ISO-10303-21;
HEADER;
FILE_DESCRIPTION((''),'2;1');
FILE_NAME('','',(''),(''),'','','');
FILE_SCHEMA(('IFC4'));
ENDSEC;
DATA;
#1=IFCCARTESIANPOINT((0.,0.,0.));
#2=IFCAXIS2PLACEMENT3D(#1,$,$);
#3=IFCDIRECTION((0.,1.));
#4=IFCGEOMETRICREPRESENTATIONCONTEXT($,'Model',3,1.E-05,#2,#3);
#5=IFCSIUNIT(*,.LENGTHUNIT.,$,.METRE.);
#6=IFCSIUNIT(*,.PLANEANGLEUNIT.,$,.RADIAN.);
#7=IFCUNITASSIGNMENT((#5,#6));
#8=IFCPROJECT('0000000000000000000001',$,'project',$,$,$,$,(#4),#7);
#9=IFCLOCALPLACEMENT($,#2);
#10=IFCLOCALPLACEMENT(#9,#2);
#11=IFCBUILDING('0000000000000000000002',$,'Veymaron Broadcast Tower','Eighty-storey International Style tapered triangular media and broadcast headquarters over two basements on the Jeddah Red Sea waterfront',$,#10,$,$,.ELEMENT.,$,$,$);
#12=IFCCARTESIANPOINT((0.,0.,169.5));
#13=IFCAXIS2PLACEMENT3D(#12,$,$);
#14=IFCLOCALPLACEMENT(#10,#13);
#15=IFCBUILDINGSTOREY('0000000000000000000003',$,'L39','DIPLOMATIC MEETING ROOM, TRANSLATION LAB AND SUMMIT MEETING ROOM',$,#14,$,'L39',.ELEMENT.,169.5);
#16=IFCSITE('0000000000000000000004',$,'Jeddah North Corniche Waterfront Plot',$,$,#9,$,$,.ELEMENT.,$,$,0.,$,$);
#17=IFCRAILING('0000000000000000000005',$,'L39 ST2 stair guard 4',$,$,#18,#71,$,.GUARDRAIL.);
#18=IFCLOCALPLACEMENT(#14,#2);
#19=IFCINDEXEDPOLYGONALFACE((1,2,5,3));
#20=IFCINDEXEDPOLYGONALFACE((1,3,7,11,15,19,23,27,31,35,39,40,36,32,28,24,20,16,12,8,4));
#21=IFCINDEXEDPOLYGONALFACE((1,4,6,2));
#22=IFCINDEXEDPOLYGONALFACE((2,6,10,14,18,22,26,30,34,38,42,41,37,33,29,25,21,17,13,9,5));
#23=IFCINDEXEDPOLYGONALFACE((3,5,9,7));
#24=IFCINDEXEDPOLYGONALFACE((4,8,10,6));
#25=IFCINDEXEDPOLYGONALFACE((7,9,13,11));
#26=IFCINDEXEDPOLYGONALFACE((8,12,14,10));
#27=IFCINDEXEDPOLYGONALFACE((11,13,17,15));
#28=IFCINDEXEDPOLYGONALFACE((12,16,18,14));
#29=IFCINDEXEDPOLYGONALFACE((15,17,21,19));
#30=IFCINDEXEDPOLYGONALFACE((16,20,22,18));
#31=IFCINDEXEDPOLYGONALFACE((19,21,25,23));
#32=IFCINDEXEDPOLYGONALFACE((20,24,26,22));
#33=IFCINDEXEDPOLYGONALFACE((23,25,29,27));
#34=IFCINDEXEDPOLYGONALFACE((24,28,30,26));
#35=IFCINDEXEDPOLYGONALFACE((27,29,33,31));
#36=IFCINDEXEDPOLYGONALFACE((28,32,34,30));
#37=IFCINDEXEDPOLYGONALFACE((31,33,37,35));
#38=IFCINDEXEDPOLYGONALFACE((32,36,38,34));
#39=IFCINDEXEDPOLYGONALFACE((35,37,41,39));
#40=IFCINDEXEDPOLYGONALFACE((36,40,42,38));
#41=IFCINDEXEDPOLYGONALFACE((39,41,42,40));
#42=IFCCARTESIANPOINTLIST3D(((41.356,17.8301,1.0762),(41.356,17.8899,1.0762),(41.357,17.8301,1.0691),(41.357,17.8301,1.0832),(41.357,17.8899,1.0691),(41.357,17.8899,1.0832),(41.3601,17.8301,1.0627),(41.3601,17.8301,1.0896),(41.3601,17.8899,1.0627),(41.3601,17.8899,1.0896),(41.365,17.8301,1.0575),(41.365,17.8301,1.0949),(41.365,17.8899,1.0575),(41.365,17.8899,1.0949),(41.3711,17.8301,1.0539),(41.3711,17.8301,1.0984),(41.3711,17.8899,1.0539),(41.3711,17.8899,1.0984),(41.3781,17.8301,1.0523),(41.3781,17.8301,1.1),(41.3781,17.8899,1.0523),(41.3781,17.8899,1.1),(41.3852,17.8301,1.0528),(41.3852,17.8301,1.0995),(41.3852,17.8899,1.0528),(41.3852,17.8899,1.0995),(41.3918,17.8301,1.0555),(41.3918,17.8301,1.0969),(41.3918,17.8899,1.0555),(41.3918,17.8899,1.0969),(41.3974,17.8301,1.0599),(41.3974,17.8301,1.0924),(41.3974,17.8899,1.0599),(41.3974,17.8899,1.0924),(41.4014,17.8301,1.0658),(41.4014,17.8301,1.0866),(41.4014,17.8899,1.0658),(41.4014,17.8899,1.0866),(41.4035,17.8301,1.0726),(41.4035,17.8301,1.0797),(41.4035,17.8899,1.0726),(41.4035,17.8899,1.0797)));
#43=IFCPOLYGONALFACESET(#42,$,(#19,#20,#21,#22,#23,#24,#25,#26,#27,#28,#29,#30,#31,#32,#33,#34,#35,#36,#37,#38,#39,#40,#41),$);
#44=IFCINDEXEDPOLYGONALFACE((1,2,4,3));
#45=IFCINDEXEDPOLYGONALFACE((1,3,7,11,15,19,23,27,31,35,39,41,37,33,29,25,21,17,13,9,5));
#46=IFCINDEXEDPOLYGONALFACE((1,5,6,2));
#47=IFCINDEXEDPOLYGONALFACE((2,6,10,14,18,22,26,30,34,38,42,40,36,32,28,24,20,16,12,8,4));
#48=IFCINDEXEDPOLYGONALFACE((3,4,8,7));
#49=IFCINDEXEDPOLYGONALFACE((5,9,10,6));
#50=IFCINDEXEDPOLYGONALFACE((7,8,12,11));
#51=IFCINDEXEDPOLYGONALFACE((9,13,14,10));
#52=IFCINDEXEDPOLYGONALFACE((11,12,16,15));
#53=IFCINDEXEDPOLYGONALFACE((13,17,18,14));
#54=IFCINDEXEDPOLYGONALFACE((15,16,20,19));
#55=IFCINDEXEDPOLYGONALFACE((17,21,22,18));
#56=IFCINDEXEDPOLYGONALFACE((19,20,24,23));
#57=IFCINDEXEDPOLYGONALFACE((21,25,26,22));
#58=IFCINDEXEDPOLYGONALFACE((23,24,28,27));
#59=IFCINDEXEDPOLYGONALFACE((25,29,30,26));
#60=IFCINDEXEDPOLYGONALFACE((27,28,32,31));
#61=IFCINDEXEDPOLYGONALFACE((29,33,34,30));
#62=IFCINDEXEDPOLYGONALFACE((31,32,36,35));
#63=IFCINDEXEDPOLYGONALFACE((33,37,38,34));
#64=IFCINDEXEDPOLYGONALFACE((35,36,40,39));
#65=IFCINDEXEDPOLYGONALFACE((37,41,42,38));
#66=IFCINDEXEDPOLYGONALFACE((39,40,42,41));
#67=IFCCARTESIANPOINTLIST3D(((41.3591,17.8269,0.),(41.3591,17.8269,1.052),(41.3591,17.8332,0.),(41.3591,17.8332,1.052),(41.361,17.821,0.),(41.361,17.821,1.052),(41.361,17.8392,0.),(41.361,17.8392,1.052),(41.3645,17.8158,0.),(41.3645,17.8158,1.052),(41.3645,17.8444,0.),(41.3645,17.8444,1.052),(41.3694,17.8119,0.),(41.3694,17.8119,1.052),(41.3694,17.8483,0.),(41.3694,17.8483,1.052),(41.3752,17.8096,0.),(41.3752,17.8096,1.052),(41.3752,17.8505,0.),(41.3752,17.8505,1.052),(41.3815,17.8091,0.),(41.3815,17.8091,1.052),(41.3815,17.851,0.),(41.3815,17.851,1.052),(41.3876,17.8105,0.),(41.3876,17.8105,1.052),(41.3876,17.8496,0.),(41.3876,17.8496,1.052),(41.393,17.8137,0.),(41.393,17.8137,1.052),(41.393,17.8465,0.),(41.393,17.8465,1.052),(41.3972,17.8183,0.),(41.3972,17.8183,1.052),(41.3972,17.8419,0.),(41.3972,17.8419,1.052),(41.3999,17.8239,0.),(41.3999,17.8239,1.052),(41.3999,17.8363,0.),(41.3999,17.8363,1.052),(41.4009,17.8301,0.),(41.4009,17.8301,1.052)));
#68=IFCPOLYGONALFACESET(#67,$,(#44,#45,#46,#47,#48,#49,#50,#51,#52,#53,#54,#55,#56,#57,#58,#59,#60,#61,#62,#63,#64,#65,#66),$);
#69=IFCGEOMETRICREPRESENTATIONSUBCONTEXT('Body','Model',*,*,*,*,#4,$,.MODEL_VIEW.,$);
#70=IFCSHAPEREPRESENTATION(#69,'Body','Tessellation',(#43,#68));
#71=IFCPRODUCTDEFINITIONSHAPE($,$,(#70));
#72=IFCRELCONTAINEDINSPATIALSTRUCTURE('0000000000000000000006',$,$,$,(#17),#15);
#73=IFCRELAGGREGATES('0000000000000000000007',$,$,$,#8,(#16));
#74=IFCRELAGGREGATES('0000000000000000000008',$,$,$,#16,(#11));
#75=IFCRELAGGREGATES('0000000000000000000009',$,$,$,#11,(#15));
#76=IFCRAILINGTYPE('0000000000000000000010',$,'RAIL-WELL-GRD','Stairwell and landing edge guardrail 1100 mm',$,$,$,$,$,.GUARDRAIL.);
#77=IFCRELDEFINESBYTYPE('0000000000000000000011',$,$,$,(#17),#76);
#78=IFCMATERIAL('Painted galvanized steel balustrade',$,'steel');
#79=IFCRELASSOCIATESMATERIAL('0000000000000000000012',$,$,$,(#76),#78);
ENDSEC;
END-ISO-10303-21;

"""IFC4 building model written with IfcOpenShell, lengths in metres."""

from ifc_helpers import new_model, si_unit, direction, frame, origin, origin_2d, place, context, subcontext, project, spatial, circle, extrude, material, type_object, element, save


model = new_model("IFC4")

# Units and contexts
model_context = context("Model", 3, precision=1e-05, world=origin(), true_north=direction((0.0, 1.0)))
body_context = subcontext(model_context, "Body", "Model", "MODEL_VIEW")
ifc_project = project(units=[si_unit("LENGTHUNIT", "METRE"), si_unit("PLANEANGLEUNIT", "RADIAN")], contexts=[model_context])

# Site, building, storey
site_placement = place(None, origin())
site = spatial("IfcSite", under=ifc_project, at=site_placement, Name="Jeddah North Corniche Waterfront Plot", CompositionType="ELEMENT", RefElevation=0.0)
building_placement = place(site_placement, origin())
building = spatial("IfcBuilding", under=site, at=building_placement, Name="Veymaron Broadcast Tower", Description="Eighty-storey International Style tapered triangular media and broadcast headquarters over two basements on the Jeddah Red Sea waterfront", CompositionType="ELEMENT")
storey_placement = place(building_placement, frame((0.0, 0.0, 169.5)))
storey = spatial("IfcBuildingStorey", under=building, at=storey_placement, Name="L39", Description="DIPLOMATIC MEETING ROOM, TRANSLATION LAB AND SUMMIT MEETING ROOM", LongName="L39", CompositionType="ELEMENT", Elevation=169.5)

# Railing
ifc_material_1 = material(Name="Painted galvanized steel balustrade", Category="steel")
railing_type_1 = type_object("IfcRailingType", Name="RAIL-WELL-GRD", Description="Stairwell and landing edge guardrail 1100 mm", PredefinedType="GUARDRAIL", material=ifc_material_1)
railing_1_placement = place(storey_placement, frame((41.3799, 17.8301, 0.0)))
element("IfcRailing", 1, at=railing_1_placement, inside=storey, type_object=railing_type_1, Name="L39 ST2 stair guard 4", PredefinedType="GUARDRAIL", context=body_context, shape_type="SweptSolid", body=[
    extrude(circle(Radius=0.0239, at=origin_2d()), frame((0.0, 0.0, 1.0762), z_axis=(0.0, 1.0, 0.0), x_axis=(-1.0, 0.0, 0.0)), (0.0, 0.0, 1.0), 0.0598),
    extrude(circle(Radius=0.021, at=origin_2d()), origin(), (0.0, 0.0, 1.0), 1.052),
])

save(model, "model.ifc")
